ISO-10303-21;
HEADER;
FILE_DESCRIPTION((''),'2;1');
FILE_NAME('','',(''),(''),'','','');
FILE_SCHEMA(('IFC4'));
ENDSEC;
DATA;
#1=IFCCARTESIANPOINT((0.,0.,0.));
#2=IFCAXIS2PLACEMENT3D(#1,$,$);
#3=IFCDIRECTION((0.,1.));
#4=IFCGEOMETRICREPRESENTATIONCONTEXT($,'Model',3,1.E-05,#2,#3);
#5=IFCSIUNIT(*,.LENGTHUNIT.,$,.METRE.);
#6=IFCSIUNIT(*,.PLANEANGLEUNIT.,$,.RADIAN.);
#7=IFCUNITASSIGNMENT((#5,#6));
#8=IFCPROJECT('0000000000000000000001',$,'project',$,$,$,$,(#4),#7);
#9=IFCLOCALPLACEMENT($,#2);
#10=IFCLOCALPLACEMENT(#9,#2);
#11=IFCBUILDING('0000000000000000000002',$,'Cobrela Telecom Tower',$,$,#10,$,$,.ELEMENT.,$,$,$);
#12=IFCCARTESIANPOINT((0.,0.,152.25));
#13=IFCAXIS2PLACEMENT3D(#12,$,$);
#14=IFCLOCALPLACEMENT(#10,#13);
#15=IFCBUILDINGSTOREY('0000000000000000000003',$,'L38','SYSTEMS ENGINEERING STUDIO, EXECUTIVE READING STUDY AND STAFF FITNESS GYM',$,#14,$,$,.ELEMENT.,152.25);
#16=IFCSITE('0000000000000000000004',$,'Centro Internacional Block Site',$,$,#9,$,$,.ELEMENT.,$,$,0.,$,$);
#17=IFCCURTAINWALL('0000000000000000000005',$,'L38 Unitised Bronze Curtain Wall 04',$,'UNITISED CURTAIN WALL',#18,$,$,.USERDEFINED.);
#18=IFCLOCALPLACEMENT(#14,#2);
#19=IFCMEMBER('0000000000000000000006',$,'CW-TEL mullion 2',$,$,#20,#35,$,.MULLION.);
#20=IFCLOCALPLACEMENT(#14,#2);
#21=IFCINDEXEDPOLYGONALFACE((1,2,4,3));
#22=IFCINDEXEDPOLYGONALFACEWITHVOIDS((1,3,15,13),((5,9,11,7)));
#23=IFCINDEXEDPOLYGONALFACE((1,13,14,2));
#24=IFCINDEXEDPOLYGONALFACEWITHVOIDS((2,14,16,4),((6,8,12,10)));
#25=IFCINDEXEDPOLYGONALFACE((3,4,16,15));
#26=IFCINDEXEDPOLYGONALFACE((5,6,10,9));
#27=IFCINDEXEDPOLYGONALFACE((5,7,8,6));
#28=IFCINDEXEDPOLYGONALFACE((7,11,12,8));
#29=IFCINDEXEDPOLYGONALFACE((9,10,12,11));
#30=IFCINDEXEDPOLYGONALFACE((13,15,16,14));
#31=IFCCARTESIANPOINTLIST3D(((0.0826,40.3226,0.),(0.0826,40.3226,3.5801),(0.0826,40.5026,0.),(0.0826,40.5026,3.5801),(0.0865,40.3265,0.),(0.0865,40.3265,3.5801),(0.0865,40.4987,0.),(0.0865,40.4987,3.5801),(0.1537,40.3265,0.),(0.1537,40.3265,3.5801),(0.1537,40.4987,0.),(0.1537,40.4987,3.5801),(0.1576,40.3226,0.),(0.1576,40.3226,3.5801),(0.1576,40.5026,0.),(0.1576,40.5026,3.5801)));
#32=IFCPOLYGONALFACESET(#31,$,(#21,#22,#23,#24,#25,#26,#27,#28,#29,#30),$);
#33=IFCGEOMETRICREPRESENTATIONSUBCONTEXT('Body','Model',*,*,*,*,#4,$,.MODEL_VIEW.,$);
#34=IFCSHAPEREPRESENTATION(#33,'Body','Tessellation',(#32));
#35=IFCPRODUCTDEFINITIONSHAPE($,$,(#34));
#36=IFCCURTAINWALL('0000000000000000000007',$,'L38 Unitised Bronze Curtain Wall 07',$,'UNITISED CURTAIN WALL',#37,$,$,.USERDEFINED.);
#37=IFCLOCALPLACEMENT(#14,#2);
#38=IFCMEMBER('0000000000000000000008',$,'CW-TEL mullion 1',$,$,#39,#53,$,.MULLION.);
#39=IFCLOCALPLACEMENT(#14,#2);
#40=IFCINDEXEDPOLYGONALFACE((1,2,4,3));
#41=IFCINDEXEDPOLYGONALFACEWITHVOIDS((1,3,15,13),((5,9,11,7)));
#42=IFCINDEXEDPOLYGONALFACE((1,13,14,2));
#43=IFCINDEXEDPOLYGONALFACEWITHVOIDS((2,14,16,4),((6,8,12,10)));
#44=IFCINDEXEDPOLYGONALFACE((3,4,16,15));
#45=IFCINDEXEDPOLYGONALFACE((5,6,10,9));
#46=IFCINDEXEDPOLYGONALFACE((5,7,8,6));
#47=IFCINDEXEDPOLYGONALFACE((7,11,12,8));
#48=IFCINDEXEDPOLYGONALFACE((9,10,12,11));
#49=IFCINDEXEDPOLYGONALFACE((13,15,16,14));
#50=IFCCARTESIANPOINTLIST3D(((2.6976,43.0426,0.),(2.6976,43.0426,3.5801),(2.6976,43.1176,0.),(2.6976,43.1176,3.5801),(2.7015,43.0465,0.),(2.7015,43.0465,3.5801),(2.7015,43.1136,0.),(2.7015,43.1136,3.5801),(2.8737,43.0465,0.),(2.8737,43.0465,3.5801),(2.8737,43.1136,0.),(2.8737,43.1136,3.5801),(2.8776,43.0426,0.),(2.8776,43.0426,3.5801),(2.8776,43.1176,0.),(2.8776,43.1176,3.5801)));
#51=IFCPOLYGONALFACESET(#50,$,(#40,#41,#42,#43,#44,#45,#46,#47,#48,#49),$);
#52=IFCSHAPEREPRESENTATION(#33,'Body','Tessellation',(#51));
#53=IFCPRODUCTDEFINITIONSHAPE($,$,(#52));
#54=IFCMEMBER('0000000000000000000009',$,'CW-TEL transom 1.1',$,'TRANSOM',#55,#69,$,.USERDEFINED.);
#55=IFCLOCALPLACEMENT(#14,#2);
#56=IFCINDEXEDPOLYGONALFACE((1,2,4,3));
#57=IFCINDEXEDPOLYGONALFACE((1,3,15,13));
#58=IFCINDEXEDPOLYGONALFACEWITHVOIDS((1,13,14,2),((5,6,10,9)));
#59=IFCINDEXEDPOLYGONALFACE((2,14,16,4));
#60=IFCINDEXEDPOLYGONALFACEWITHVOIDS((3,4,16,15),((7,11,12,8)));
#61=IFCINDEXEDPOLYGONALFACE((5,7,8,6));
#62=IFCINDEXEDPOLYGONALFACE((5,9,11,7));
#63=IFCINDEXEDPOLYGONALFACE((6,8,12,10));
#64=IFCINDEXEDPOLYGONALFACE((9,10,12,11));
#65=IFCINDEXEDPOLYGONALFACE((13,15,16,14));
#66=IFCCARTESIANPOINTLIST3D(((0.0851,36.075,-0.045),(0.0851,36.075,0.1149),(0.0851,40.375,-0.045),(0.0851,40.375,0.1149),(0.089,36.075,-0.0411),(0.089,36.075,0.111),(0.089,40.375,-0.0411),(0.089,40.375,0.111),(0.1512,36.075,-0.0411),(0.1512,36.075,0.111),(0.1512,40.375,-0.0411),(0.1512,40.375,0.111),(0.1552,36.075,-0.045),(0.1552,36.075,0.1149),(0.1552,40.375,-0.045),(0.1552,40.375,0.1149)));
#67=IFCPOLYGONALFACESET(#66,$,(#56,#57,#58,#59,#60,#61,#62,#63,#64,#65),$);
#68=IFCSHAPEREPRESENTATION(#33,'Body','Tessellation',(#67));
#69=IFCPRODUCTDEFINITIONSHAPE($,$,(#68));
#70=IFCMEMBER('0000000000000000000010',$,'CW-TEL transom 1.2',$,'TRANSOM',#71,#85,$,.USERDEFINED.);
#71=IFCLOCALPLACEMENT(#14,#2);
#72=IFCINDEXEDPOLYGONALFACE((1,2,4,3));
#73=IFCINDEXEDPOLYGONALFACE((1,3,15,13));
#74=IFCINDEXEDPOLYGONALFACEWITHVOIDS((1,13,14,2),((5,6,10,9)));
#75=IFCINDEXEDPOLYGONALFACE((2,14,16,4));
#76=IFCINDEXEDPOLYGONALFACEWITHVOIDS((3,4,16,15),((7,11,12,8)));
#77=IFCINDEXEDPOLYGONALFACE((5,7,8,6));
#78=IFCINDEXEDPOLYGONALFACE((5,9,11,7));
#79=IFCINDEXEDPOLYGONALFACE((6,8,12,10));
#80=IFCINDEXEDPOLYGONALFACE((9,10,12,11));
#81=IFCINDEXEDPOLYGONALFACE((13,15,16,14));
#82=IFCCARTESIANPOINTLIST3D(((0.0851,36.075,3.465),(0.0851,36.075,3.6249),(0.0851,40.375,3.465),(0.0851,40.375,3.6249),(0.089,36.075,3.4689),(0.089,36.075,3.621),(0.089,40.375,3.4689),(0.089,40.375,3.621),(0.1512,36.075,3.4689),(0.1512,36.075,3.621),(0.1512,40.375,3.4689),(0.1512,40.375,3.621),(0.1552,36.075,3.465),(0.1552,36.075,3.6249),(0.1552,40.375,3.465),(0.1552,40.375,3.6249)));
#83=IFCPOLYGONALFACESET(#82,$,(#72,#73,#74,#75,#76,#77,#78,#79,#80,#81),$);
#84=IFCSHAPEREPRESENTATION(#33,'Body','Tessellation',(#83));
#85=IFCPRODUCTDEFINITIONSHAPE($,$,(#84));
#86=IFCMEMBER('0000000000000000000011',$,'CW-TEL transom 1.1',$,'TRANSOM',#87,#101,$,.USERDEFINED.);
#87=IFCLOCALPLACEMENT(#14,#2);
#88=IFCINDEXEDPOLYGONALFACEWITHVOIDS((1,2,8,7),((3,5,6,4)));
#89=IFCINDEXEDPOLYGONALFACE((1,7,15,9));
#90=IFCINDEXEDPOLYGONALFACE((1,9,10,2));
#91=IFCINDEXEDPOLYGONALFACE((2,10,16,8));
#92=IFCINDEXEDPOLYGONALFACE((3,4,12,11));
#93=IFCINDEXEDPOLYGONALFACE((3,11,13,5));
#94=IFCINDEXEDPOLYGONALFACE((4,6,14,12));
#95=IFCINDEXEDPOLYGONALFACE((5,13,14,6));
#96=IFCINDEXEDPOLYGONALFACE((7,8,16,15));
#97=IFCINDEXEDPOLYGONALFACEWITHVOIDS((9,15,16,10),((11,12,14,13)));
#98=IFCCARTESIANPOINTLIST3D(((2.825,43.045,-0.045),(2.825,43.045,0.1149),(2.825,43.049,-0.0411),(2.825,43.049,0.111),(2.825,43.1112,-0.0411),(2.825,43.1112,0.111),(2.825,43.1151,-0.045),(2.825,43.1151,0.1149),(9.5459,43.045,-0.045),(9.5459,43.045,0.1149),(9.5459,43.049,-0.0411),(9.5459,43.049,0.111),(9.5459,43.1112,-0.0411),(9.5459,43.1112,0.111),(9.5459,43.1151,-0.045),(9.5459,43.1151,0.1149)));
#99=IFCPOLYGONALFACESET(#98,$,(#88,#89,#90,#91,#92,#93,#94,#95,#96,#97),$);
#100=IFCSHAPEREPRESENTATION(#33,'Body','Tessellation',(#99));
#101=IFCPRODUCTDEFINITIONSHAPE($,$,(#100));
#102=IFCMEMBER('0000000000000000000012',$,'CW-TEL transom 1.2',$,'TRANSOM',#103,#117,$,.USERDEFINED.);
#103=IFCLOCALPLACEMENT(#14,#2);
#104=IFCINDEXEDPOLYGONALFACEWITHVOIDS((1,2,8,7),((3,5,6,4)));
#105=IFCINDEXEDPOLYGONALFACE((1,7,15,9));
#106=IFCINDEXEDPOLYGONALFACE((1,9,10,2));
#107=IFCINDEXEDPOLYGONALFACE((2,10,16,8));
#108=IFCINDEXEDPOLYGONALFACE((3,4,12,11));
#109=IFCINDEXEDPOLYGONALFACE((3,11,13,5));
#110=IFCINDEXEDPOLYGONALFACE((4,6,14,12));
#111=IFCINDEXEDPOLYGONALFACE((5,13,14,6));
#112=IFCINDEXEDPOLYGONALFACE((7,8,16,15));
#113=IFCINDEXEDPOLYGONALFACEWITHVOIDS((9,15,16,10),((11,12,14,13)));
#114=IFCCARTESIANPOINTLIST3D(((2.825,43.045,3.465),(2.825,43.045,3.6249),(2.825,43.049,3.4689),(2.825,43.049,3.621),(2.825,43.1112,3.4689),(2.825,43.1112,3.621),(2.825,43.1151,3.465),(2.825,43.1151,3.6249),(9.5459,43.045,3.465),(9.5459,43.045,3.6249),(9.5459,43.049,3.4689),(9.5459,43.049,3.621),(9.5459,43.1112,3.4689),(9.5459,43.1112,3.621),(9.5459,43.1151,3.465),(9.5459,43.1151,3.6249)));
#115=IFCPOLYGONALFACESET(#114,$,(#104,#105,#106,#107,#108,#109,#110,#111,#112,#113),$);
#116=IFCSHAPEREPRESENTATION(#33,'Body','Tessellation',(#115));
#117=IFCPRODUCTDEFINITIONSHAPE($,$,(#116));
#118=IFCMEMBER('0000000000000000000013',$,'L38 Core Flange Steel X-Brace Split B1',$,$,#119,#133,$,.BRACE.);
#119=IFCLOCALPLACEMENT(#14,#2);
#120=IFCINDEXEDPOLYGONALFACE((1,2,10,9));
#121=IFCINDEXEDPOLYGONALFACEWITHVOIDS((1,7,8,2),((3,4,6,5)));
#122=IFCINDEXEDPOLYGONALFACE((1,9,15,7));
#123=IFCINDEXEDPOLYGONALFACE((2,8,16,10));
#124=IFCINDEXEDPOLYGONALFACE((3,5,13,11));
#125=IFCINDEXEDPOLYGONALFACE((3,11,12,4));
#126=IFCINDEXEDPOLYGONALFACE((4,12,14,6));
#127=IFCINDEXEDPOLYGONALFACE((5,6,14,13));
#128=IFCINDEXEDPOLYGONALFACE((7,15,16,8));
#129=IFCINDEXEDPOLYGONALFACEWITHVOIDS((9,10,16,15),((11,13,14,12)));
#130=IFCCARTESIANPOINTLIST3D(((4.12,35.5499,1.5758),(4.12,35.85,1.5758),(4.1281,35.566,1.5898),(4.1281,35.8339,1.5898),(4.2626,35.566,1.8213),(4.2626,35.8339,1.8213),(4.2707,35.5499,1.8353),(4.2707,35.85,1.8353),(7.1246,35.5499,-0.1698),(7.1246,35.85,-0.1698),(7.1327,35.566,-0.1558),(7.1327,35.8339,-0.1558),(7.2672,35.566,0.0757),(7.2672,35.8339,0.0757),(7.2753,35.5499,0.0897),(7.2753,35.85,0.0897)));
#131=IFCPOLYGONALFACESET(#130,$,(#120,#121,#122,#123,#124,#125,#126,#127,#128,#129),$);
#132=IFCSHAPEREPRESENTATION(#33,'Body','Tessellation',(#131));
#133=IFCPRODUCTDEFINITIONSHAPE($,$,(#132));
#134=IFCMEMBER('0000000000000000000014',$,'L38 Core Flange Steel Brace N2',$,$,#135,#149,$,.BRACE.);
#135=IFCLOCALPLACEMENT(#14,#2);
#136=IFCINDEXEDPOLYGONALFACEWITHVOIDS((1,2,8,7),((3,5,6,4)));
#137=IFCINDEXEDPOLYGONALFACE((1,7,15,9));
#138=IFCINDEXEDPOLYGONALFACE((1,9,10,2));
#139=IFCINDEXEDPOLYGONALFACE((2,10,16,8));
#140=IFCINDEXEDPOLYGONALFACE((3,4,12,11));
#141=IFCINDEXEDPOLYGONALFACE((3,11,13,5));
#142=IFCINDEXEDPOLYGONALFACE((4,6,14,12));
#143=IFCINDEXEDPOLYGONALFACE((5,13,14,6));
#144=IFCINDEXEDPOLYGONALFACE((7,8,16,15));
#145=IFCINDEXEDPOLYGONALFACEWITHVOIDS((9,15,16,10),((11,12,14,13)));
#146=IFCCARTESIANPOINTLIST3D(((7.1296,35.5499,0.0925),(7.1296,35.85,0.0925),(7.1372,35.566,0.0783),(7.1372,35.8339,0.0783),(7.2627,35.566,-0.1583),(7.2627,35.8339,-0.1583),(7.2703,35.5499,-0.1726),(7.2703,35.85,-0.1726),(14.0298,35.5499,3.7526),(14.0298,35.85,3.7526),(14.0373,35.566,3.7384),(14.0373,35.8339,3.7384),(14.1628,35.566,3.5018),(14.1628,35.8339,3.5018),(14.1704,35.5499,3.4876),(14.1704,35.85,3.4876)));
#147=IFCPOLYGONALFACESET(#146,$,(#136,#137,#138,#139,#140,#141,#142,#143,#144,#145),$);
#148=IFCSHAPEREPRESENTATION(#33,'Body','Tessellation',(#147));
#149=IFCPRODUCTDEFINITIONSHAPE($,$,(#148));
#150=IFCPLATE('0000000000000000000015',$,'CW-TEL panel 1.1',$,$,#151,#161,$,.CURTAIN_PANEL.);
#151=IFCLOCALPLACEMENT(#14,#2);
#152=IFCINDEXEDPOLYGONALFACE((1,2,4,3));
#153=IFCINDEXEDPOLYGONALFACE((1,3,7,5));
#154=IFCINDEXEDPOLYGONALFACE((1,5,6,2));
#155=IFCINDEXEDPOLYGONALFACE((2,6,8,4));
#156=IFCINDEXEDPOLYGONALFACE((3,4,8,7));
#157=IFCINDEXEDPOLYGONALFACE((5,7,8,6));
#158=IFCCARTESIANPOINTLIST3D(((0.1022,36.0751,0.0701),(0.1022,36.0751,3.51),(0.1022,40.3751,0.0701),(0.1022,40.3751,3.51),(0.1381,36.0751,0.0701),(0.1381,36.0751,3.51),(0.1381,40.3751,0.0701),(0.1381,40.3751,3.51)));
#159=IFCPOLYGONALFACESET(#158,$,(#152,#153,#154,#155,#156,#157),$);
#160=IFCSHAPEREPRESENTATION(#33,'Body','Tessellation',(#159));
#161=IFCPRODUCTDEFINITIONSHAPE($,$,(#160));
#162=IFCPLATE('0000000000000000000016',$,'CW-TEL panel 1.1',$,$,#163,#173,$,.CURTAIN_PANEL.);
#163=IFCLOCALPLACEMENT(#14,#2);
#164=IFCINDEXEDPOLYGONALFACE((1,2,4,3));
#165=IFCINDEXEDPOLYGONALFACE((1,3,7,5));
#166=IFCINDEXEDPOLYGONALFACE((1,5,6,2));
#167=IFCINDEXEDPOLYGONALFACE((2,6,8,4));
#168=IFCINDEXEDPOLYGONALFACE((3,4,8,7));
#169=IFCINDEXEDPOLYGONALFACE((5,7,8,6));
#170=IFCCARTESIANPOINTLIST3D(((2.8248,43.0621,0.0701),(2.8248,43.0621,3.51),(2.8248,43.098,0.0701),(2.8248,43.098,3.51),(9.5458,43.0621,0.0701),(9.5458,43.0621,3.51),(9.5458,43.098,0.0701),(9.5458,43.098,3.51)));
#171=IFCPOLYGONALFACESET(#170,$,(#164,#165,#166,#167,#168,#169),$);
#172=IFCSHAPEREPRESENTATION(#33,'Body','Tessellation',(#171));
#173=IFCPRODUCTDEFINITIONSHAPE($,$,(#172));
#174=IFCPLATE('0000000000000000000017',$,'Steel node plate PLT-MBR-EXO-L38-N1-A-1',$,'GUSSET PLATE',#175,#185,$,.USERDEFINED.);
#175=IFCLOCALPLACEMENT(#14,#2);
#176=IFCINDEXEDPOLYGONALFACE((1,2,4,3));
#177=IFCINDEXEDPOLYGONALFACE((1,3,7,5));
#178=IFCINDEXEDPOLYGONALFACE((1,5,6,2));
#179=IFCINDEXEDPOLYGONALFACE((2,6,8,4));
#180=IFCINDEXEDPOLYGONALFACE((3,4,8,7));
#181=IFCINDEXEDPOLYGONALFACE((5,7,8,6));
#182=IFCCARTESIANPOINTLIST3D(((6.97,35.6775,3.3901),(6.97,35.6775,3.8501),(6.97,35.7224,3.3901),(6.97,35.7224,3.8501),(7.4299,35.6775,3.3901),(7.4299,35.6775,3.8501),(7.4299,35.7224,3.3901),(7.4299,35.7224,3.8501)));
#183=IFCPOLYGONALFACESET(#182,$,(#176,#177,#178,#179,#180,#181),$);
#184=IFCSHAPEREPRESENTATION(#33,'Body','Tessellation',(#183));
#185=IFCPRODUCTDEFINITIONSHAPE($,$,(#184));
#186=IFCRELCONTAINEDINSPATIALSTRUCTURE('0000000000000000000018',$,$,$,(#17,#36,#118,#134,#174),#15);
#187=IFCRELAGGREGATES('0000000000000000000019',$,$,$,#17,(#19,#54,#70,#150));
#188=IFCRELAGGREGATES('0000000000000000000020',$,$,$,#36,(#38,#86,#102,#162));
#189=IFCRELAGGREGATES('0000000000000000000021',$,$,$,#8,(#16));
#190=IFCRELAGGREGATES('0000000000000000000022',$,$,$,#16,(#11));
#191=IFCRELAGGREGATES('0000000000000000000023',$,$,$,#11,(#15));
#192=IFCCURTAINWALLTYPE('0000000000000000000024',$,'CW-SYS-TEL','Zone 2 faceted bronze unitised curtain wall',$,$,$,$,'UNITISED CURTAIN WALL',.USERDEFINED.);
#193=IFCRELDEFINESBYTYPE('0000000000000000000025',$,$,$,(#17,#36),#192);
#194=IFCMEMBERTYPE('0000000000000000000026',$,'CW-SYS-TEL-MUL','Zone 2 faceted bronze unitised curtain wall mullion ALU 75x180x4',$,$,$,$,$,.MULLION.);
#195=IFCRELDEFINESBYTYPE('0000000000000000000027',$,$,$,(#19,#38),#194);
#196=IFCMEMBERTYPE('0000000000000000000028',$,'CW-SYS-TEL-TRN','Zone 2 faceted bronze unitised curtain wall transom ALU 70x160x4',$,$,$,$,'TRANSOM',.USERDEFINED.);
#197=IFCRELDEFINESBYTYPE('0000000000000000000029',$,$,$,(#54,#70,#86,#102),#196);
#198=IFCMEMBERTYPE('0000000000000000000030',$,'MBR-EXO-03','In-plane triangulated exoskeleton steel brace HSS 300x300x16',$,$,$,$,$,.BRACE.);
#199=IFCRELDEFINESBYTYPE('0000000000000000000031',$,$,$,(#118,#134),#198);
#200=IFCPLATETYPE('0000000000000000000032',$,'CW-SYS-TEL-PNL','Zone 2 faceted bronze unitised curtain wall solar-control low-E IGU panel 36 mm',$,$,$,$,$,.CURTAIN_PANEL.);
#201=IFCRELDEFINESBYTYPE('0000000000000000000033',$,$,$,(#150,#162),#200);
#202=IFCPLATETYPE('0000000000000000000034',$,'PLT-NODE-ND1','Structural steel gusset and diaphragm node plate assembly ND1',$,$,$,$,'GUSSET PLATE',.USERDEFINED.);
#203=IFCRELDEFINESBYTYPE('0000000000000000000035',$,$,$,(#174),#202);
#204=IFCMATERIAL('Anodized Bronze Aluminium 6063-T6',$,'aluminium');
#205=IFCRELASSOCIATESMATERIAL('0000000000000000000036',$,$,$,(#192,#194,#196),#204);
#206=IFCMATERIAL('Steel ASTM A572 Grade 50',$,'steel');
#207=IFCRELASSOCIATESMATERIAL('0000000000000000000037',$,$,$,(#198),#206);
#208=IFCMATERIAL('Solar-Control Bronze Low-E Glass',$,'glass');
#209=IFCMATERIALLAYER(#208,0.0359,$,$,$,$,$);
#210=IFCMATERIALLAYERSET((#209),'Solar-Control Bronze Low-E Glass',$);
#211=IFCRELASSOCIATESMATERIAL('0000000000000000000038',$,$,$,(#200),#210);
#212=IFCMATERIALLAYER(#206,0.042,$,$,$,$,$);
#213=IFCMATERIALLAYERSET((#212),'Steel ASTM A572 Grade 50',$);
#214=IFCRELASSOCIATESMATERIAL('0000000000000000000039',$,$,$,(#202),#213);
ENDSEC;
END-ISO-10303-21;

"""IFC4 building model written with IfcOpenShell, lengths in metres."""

from ifc_helpers import new_model, si_unit, direction, frame, origin, origin_2d, place, context, subcontext, project, spatial, rectangle, hollow_rectangle, extrude, material, layer, layer_set, material_profile, profile_set, type_object, element, aggregate, save


model = new_model("IFC4")

# Units and contexts
model_context = context("Model", 3, precision=1e-05, world=origin(), true_north=direction((0.0, 1.0)))
body_context = subcontext(model_context, "Body", "Model", "MODEL_VIEW")
ifc_project = project(units=[si_unit("LENGTHUNIT", "METRE"), si_unit("PLANEANGLEUNIT", "RADIAN")], contexts=[model_context])

# Site, building, storey
site_placement = place(None, origin())
site = spatial("IfcSite", under=ifc_project, at=site_placement, Name="Centro Internacional Block Site", CompositionType="ELEMENT", RefElevation=0.0)
building_placement = place(site_placement, origin())
building = spatial("IfcBuilding", under=site, at=building_placement, Name="Cobrela Telecom Tower", CompositionType="ELEMENT")
storey_placement = place(building_placement, frame((0.0, 0.0, 152.25)))
storey = spatial("IfcBuildingStorey", under=building, at=storey_placement, Name="L38", Description="SYSTEMS ENGINEERING STUDIO, EXECUTIVE READING STUDY AND STAFF FITNESS GYM", CompositionType="ELEMENT", Elevation=152.25)

# Shared definitions
ifc_material_1 = material(Name="Steel ASTM A572 Grade 50", Category="steel")

# Curtain wall, member
ifc_material_2 = material(Name="Anodized Bronze Aluminium 6063-T6", Category="aluminium")
curtain_wall_type = type_object("IfcCurtainWallType", Name="CW-SYS-TEL", Description="Zone 2 faceted bronze unitised curtain wall", ElementType="UNITISED CURTAIN WALL", PredefinedType="USERDEFINED", material=ifc_material_2)
curtain_wall_1_placement = place(storey_placement, origin())
curtain_wall_1 = element("IfcCurtainWall", 1, at=curtain_wall_1_placement, inside=storey, type_object=curtain_wall_type, Name="L38 Unitised Bronze Curtain Wall 04", ObjectType="UNITISED CURTAIN WALL", PredefinedType="USERDEFINED")
ifc_material_profile_1 = material_profile(ifc_material_2, hollow_rectangle(XDim=0.075, YDim=0.1799, WallThickness=0.0039, at=origin_2d()), Name="ALU 75x180x4")
ifc_profile_set_1 = profile_set([ifc_material_profile_1], Name="Anodized Bronze Aluminium 6063-T6")
member_type_1 = type_object("IfcMemberType", Name="CW-SYS-TEL-MUL", Description="Zone 2 faceted bronze unitised curtain wall mullion ALU 75x180x4", PredefinedType="MULLION", material=ifc_profile_set_1)
member_1_placement = place(storey_placement, frame((0.1201, 40.4126, 0.0), z_axis=(0.0, 0.0, 1.0), x_axis=(-1.0, 0.0, 0.0)))
member_1 = element("IfcMember", 2, at=member_1_placement, type_object=member_type_1, Name="CW-TEL mullion 2", PredefinedType="MULLION", context=body_context, shape_type="SweptSolid", body=[
    extrude(hollow_rectangle(XDim=0.075, YDim=0.1799, WallThickness=0.0039, at=origin_2d()), origin(), (0.0, 0.0, 1.0), 3.5801),
])

# Curtain wall, member
curtain_wall_2_placement = place(storey_placement, origin())
curtain_wall_2 = element("IfcCurtainWall", 3, at=curtain_wall_2_placement, inside=storey, type_object=curtain_wall_type, Name="L38 Unitised Bronze Curtain Wall 07", ObjectType="UNITISED CURTAIN WALL", PredefinedType="USERDEFINED")
member_2_placement = place(storey_placement, frame((2.7876, 43.0801, 0.0), z_axis=(0.0, 0.0, 1.0), x_axis=(0.0, 1.0, 0.0)))
member_2 = element("IfcMember", 4, at=member_2_placement, type_object=member_type_1, Name="CW-TEL mullion 1", PredefinedType="MULLION", context=body_context, shape_type="SweptSolid", body=[
    extrude(hollow_rectangle(XDim=0.075, YDim=0.1799, WallThickness=0.0039, at=origin_2d()), origin(), (0.0, 0.0, 1.0), 3.5801),
])

# Members
ifc_material_profile_2 = material_profile(ifc_material_2, hollow_rectangle(XDim=0.0701, YDim=0.1599, WallThickness=0.0039, at=origin_2d()), Name="ALU 70x160x4")
ifc_profile_set_2 = profile_set([ifc_material_profile_2], Name="Anodized Bronze Aluminium 6063-T6")
member_type_2 = type_object("IfcMemberType", Name="CW-SYS-TEL-TRN", Description="Zone 2 faceted bronze unitised curtain wall transom ALU 70x160x4", ElementType="TRANSOM", PredefinedType="USERDEFINED", material=ifc_profile_set_2)
member_3_placement = place(storey_placement, frame((0.1201, 36.075, 0.0349), z_axis=(0.0, 1.0, 0.0), x_axis=(-1.0, 0.0, 0.0)))
member_3 = element("IfcMember", 5, at=member_3_placement, type_object=member_type_2, Name="CW-TEL transom 1.1", ObjectType="TRANSOM", PredefinedType="USERDEFINED", context=body_context, shape_type="SweptSolid", body=[
    extrude(hollow_rectangle(XDim=0.0701, YDim=0.1599, WallThickness=0.0039, at=origin_2d()), origin(), (0.0, 0.0, 1.0), 4.3),
])
member_4_placement = place(storey_placement, frame((0.1201, 36.075, 3.5449), z_axis=(0.0, 1.0, 0.0), x_axis=(-1.0, 0.0, 0.0)))
member_4 = element("IfcMember", 6, at=member_4_placement, type_object=member_type_2, Name="CW-TEL transom 1.2", ObjectType="TRANSOM", PredefinedType="USERDEFINED", context=body_context, shape_type="SweptSolid", body=[
    extrude(hollow_rectangle(XDim=0.0701, YDim=0.1599, WallThickness=0.0039, at=origin_2d()), origin(), (0.0, 0.0, 1.0), 4.3),
])
member_5_placement = place(storey_placement, frame((2.825, 43.0801, 0.0349), z_axis=(1.0, 0.0, 0.0), x_axis=(0.0, 1.0, 0.0)))
member_5 = element("IfcMember", 7, at=member_5_placement, type_object=member_type_2, Name="CW-TEL transom 1.1", ObjectType="TRANSOM", PredefinedType="USERDEFINED", context=body_context, shape_type="SweptSolid", body=[
    extrude(hollow_rectangle(XDim=0.0701, YDim=0.1599, WallThickness=0.0039, at=origin_2d()), origin(), (0.0, 0.0, 1.0), 6.7209),
])
member_6_placement = place(storey_placement, frame((2.825, 43.0801, 3.5449), z_axis=(1.0, 0.0, 0.0), x_axis=(0.0, 1.0, 0.0)))
member_6 = element("IfcMember", 8, at=member_6_placement, type_object=member_type_2, Name="CW-TEL transom 1.2", ObjectType="TRANSOM", PredefinedType="USERDEFINED", context=body_context, shape_type="SweptSolid", body=[
    extrude(hollow_rectangle(XDim=0.0701, YDim=0.1599, WallThickness=0.0039, at=origin_2d()), origin(), (0.0, 0.0, 1.0), 6.7209),
])

# Members
ifc_material_profile_3 = material_profile(ifc_material_1, hollow_rectangle(XDim=0.3, YDim=0.3, WallThickness=0.0161, at=origin_2d()), Name="HSS 300x300x16")
ifc_profile_set_3 = profile_set([ifc_material_profile_3], Name="Steel ASTM A572 Grade 50")
member_type_3 = type_object("IfcMemberType", Name="MBR-EXO-03", Description="In-plane triangulated exoskeleton steel brace HSS 300x300x16", PredefinedType="BRACE", material=ifc_profile_set_3)
member_7_placement = place(storey_placement, frame((7.2, 35.7, -0.04), z_axis=(-0.864667, 0.0, 0.502346), x_axis=(0.0, -1.0, 0.0)))
element("IfcMember", 9, at=member_7_placement, inside=storey, type_object=member_type_3, Name="L38 Core Flange Steel X-Brace Split B1", PredefinedType="BRACE", context=body_context, shape_type="SweptSolid", body=[
    extrude(hollow_rectangle(XDim=0.3, YDim=0.3, WallThickness=0.0161, at=origin_2d()), origin(), (0.0, 0.0, 1.0), 3.4749),
])
member_8_placement = place(storey_placement, frame((7.2, 35.7, -0.04), z_axis=(0.88341, 0.0, 0.468601), x_axis=(0.0, 1.0, 0.0)))
element("IfcMember", 10, at=member_8_placement, inside=storey, type_object=member_type_3, Name="L38 Core Flange Steel Brace N2", PredefinedType="BRACE", context=body_context, shape_type="SweptSolid", body=[
    extrude(hollow_rectangle(XDim=0.3, YDim=0.3, WallThickness=0.0161, at=origin_2d()), origin(), (0.0, 0.0, 1.0), 7.8108),
])

# Plates
ifc_material_3 = material(Name="Solar-Control Bronze Low-E Glass", Category="glass")
ifc_layer_1 = layer(ifc_material_3, 0.0359)
ifc_layer_set_1 = layer_set([ifc_layer_1], Name="Solar-Control Bronze Low-E Glass")
plate_type_1 = type_object("IfcPlateType", Name="CW-SYS-TEL-PNL", Description="Zone 2 faceted bronze unitised curtain wall solar-control low-E IGU panel 36 mm", PredefinedType="CURTAIN_PANEL", material=ifc_layer_set_1)
plate_1_placement = place(storey_placement, frame((0.1201, 38.2251, 0.0701), z_axis=(0.0, 0.0, 1.0), x_axis=(0.0, 1.0, 0.0)))
plate_1 = element("IfcPlate", 11, at=plate_1_placement, type_object=plate_type_1, Name="CW-TEL panel 1.1", PredefinedType="CURTAIN_PANEL", context=body_context, shape_type="SweptSolid", body=[
    extrude(rectangle(XDim=4.3, YDim=0.0359, at=origin_2d()), origin(), (0.0, 0.0, 1.0), 3.4399),
])
aggregate(curtain_wall_1, [member_1, member_3, member_4, plate_1])
plate_2_placement = place(storey_placement, frame((6.1853, 43.0801, 0.0701), z_axis=(0.0, 0.0, 1.0), x_axis=(1.0, 0.0, 0.0)))
plate_2 = element("IfcPlate", 12, at=plate_2_placement, type_object=plate_type_1, Name="CW-TEL panel 1.1", PredefinedType="CURTAIN_PANEL", context=body_context, shape_type="SweptSolid", body=[
    extrude(rectangle(XDim=6.7209, YDim=0.0359, at=origin_2d()), origin(), (0.0, 0.0, 1.0), 3.4399),
])
aggregate(curtain_wall_2, [member_2, member_5, member_6, plate_2])

# Plate
ifc_layer_2 = layer(ifc_material_1, 0.042)
ifc_layer_set_2 = layer_set([ifc_layer_2], Name="Steel ASTM A572 Grade 50")
plate_type_2 = type_object("IfcPlateType", Name="PLT-NODE-ND1", Description="Structural steel gusset and diaphragm node plate assembly ND1", ElementType="GUSSET PLATE", PredefinedType="USERDEFINED", material=ifc_layer_set_2)
for number, where, z_axis, x_axis, name in (
    (13, (7.2, 35.7, 3.3901), (0.0, 0.0, 1.0), (1.0, 0.0, 0.0), "Steel node plate PLT-MBR-EXO-L38-N1-A-1"),
):
    element("IfcPlate", number, at=place(storey_placement, frame(where, z_axis=z_axis, x_axis=x_axis)), inside=storey, type_object=plate_type_2, Name=name, ObjectType="GUSSET PLATE", PredefinedType="USERDEFINED", context=body_context, shape_type="SweptSolid", body=[
        extrude(rectangle(XDim=0.46, YDim=0.0449, at=origin_2d()), origin(), (0.0, 0.0, 1.0), 0.46),
    ])

save(model, "model.ifc")
